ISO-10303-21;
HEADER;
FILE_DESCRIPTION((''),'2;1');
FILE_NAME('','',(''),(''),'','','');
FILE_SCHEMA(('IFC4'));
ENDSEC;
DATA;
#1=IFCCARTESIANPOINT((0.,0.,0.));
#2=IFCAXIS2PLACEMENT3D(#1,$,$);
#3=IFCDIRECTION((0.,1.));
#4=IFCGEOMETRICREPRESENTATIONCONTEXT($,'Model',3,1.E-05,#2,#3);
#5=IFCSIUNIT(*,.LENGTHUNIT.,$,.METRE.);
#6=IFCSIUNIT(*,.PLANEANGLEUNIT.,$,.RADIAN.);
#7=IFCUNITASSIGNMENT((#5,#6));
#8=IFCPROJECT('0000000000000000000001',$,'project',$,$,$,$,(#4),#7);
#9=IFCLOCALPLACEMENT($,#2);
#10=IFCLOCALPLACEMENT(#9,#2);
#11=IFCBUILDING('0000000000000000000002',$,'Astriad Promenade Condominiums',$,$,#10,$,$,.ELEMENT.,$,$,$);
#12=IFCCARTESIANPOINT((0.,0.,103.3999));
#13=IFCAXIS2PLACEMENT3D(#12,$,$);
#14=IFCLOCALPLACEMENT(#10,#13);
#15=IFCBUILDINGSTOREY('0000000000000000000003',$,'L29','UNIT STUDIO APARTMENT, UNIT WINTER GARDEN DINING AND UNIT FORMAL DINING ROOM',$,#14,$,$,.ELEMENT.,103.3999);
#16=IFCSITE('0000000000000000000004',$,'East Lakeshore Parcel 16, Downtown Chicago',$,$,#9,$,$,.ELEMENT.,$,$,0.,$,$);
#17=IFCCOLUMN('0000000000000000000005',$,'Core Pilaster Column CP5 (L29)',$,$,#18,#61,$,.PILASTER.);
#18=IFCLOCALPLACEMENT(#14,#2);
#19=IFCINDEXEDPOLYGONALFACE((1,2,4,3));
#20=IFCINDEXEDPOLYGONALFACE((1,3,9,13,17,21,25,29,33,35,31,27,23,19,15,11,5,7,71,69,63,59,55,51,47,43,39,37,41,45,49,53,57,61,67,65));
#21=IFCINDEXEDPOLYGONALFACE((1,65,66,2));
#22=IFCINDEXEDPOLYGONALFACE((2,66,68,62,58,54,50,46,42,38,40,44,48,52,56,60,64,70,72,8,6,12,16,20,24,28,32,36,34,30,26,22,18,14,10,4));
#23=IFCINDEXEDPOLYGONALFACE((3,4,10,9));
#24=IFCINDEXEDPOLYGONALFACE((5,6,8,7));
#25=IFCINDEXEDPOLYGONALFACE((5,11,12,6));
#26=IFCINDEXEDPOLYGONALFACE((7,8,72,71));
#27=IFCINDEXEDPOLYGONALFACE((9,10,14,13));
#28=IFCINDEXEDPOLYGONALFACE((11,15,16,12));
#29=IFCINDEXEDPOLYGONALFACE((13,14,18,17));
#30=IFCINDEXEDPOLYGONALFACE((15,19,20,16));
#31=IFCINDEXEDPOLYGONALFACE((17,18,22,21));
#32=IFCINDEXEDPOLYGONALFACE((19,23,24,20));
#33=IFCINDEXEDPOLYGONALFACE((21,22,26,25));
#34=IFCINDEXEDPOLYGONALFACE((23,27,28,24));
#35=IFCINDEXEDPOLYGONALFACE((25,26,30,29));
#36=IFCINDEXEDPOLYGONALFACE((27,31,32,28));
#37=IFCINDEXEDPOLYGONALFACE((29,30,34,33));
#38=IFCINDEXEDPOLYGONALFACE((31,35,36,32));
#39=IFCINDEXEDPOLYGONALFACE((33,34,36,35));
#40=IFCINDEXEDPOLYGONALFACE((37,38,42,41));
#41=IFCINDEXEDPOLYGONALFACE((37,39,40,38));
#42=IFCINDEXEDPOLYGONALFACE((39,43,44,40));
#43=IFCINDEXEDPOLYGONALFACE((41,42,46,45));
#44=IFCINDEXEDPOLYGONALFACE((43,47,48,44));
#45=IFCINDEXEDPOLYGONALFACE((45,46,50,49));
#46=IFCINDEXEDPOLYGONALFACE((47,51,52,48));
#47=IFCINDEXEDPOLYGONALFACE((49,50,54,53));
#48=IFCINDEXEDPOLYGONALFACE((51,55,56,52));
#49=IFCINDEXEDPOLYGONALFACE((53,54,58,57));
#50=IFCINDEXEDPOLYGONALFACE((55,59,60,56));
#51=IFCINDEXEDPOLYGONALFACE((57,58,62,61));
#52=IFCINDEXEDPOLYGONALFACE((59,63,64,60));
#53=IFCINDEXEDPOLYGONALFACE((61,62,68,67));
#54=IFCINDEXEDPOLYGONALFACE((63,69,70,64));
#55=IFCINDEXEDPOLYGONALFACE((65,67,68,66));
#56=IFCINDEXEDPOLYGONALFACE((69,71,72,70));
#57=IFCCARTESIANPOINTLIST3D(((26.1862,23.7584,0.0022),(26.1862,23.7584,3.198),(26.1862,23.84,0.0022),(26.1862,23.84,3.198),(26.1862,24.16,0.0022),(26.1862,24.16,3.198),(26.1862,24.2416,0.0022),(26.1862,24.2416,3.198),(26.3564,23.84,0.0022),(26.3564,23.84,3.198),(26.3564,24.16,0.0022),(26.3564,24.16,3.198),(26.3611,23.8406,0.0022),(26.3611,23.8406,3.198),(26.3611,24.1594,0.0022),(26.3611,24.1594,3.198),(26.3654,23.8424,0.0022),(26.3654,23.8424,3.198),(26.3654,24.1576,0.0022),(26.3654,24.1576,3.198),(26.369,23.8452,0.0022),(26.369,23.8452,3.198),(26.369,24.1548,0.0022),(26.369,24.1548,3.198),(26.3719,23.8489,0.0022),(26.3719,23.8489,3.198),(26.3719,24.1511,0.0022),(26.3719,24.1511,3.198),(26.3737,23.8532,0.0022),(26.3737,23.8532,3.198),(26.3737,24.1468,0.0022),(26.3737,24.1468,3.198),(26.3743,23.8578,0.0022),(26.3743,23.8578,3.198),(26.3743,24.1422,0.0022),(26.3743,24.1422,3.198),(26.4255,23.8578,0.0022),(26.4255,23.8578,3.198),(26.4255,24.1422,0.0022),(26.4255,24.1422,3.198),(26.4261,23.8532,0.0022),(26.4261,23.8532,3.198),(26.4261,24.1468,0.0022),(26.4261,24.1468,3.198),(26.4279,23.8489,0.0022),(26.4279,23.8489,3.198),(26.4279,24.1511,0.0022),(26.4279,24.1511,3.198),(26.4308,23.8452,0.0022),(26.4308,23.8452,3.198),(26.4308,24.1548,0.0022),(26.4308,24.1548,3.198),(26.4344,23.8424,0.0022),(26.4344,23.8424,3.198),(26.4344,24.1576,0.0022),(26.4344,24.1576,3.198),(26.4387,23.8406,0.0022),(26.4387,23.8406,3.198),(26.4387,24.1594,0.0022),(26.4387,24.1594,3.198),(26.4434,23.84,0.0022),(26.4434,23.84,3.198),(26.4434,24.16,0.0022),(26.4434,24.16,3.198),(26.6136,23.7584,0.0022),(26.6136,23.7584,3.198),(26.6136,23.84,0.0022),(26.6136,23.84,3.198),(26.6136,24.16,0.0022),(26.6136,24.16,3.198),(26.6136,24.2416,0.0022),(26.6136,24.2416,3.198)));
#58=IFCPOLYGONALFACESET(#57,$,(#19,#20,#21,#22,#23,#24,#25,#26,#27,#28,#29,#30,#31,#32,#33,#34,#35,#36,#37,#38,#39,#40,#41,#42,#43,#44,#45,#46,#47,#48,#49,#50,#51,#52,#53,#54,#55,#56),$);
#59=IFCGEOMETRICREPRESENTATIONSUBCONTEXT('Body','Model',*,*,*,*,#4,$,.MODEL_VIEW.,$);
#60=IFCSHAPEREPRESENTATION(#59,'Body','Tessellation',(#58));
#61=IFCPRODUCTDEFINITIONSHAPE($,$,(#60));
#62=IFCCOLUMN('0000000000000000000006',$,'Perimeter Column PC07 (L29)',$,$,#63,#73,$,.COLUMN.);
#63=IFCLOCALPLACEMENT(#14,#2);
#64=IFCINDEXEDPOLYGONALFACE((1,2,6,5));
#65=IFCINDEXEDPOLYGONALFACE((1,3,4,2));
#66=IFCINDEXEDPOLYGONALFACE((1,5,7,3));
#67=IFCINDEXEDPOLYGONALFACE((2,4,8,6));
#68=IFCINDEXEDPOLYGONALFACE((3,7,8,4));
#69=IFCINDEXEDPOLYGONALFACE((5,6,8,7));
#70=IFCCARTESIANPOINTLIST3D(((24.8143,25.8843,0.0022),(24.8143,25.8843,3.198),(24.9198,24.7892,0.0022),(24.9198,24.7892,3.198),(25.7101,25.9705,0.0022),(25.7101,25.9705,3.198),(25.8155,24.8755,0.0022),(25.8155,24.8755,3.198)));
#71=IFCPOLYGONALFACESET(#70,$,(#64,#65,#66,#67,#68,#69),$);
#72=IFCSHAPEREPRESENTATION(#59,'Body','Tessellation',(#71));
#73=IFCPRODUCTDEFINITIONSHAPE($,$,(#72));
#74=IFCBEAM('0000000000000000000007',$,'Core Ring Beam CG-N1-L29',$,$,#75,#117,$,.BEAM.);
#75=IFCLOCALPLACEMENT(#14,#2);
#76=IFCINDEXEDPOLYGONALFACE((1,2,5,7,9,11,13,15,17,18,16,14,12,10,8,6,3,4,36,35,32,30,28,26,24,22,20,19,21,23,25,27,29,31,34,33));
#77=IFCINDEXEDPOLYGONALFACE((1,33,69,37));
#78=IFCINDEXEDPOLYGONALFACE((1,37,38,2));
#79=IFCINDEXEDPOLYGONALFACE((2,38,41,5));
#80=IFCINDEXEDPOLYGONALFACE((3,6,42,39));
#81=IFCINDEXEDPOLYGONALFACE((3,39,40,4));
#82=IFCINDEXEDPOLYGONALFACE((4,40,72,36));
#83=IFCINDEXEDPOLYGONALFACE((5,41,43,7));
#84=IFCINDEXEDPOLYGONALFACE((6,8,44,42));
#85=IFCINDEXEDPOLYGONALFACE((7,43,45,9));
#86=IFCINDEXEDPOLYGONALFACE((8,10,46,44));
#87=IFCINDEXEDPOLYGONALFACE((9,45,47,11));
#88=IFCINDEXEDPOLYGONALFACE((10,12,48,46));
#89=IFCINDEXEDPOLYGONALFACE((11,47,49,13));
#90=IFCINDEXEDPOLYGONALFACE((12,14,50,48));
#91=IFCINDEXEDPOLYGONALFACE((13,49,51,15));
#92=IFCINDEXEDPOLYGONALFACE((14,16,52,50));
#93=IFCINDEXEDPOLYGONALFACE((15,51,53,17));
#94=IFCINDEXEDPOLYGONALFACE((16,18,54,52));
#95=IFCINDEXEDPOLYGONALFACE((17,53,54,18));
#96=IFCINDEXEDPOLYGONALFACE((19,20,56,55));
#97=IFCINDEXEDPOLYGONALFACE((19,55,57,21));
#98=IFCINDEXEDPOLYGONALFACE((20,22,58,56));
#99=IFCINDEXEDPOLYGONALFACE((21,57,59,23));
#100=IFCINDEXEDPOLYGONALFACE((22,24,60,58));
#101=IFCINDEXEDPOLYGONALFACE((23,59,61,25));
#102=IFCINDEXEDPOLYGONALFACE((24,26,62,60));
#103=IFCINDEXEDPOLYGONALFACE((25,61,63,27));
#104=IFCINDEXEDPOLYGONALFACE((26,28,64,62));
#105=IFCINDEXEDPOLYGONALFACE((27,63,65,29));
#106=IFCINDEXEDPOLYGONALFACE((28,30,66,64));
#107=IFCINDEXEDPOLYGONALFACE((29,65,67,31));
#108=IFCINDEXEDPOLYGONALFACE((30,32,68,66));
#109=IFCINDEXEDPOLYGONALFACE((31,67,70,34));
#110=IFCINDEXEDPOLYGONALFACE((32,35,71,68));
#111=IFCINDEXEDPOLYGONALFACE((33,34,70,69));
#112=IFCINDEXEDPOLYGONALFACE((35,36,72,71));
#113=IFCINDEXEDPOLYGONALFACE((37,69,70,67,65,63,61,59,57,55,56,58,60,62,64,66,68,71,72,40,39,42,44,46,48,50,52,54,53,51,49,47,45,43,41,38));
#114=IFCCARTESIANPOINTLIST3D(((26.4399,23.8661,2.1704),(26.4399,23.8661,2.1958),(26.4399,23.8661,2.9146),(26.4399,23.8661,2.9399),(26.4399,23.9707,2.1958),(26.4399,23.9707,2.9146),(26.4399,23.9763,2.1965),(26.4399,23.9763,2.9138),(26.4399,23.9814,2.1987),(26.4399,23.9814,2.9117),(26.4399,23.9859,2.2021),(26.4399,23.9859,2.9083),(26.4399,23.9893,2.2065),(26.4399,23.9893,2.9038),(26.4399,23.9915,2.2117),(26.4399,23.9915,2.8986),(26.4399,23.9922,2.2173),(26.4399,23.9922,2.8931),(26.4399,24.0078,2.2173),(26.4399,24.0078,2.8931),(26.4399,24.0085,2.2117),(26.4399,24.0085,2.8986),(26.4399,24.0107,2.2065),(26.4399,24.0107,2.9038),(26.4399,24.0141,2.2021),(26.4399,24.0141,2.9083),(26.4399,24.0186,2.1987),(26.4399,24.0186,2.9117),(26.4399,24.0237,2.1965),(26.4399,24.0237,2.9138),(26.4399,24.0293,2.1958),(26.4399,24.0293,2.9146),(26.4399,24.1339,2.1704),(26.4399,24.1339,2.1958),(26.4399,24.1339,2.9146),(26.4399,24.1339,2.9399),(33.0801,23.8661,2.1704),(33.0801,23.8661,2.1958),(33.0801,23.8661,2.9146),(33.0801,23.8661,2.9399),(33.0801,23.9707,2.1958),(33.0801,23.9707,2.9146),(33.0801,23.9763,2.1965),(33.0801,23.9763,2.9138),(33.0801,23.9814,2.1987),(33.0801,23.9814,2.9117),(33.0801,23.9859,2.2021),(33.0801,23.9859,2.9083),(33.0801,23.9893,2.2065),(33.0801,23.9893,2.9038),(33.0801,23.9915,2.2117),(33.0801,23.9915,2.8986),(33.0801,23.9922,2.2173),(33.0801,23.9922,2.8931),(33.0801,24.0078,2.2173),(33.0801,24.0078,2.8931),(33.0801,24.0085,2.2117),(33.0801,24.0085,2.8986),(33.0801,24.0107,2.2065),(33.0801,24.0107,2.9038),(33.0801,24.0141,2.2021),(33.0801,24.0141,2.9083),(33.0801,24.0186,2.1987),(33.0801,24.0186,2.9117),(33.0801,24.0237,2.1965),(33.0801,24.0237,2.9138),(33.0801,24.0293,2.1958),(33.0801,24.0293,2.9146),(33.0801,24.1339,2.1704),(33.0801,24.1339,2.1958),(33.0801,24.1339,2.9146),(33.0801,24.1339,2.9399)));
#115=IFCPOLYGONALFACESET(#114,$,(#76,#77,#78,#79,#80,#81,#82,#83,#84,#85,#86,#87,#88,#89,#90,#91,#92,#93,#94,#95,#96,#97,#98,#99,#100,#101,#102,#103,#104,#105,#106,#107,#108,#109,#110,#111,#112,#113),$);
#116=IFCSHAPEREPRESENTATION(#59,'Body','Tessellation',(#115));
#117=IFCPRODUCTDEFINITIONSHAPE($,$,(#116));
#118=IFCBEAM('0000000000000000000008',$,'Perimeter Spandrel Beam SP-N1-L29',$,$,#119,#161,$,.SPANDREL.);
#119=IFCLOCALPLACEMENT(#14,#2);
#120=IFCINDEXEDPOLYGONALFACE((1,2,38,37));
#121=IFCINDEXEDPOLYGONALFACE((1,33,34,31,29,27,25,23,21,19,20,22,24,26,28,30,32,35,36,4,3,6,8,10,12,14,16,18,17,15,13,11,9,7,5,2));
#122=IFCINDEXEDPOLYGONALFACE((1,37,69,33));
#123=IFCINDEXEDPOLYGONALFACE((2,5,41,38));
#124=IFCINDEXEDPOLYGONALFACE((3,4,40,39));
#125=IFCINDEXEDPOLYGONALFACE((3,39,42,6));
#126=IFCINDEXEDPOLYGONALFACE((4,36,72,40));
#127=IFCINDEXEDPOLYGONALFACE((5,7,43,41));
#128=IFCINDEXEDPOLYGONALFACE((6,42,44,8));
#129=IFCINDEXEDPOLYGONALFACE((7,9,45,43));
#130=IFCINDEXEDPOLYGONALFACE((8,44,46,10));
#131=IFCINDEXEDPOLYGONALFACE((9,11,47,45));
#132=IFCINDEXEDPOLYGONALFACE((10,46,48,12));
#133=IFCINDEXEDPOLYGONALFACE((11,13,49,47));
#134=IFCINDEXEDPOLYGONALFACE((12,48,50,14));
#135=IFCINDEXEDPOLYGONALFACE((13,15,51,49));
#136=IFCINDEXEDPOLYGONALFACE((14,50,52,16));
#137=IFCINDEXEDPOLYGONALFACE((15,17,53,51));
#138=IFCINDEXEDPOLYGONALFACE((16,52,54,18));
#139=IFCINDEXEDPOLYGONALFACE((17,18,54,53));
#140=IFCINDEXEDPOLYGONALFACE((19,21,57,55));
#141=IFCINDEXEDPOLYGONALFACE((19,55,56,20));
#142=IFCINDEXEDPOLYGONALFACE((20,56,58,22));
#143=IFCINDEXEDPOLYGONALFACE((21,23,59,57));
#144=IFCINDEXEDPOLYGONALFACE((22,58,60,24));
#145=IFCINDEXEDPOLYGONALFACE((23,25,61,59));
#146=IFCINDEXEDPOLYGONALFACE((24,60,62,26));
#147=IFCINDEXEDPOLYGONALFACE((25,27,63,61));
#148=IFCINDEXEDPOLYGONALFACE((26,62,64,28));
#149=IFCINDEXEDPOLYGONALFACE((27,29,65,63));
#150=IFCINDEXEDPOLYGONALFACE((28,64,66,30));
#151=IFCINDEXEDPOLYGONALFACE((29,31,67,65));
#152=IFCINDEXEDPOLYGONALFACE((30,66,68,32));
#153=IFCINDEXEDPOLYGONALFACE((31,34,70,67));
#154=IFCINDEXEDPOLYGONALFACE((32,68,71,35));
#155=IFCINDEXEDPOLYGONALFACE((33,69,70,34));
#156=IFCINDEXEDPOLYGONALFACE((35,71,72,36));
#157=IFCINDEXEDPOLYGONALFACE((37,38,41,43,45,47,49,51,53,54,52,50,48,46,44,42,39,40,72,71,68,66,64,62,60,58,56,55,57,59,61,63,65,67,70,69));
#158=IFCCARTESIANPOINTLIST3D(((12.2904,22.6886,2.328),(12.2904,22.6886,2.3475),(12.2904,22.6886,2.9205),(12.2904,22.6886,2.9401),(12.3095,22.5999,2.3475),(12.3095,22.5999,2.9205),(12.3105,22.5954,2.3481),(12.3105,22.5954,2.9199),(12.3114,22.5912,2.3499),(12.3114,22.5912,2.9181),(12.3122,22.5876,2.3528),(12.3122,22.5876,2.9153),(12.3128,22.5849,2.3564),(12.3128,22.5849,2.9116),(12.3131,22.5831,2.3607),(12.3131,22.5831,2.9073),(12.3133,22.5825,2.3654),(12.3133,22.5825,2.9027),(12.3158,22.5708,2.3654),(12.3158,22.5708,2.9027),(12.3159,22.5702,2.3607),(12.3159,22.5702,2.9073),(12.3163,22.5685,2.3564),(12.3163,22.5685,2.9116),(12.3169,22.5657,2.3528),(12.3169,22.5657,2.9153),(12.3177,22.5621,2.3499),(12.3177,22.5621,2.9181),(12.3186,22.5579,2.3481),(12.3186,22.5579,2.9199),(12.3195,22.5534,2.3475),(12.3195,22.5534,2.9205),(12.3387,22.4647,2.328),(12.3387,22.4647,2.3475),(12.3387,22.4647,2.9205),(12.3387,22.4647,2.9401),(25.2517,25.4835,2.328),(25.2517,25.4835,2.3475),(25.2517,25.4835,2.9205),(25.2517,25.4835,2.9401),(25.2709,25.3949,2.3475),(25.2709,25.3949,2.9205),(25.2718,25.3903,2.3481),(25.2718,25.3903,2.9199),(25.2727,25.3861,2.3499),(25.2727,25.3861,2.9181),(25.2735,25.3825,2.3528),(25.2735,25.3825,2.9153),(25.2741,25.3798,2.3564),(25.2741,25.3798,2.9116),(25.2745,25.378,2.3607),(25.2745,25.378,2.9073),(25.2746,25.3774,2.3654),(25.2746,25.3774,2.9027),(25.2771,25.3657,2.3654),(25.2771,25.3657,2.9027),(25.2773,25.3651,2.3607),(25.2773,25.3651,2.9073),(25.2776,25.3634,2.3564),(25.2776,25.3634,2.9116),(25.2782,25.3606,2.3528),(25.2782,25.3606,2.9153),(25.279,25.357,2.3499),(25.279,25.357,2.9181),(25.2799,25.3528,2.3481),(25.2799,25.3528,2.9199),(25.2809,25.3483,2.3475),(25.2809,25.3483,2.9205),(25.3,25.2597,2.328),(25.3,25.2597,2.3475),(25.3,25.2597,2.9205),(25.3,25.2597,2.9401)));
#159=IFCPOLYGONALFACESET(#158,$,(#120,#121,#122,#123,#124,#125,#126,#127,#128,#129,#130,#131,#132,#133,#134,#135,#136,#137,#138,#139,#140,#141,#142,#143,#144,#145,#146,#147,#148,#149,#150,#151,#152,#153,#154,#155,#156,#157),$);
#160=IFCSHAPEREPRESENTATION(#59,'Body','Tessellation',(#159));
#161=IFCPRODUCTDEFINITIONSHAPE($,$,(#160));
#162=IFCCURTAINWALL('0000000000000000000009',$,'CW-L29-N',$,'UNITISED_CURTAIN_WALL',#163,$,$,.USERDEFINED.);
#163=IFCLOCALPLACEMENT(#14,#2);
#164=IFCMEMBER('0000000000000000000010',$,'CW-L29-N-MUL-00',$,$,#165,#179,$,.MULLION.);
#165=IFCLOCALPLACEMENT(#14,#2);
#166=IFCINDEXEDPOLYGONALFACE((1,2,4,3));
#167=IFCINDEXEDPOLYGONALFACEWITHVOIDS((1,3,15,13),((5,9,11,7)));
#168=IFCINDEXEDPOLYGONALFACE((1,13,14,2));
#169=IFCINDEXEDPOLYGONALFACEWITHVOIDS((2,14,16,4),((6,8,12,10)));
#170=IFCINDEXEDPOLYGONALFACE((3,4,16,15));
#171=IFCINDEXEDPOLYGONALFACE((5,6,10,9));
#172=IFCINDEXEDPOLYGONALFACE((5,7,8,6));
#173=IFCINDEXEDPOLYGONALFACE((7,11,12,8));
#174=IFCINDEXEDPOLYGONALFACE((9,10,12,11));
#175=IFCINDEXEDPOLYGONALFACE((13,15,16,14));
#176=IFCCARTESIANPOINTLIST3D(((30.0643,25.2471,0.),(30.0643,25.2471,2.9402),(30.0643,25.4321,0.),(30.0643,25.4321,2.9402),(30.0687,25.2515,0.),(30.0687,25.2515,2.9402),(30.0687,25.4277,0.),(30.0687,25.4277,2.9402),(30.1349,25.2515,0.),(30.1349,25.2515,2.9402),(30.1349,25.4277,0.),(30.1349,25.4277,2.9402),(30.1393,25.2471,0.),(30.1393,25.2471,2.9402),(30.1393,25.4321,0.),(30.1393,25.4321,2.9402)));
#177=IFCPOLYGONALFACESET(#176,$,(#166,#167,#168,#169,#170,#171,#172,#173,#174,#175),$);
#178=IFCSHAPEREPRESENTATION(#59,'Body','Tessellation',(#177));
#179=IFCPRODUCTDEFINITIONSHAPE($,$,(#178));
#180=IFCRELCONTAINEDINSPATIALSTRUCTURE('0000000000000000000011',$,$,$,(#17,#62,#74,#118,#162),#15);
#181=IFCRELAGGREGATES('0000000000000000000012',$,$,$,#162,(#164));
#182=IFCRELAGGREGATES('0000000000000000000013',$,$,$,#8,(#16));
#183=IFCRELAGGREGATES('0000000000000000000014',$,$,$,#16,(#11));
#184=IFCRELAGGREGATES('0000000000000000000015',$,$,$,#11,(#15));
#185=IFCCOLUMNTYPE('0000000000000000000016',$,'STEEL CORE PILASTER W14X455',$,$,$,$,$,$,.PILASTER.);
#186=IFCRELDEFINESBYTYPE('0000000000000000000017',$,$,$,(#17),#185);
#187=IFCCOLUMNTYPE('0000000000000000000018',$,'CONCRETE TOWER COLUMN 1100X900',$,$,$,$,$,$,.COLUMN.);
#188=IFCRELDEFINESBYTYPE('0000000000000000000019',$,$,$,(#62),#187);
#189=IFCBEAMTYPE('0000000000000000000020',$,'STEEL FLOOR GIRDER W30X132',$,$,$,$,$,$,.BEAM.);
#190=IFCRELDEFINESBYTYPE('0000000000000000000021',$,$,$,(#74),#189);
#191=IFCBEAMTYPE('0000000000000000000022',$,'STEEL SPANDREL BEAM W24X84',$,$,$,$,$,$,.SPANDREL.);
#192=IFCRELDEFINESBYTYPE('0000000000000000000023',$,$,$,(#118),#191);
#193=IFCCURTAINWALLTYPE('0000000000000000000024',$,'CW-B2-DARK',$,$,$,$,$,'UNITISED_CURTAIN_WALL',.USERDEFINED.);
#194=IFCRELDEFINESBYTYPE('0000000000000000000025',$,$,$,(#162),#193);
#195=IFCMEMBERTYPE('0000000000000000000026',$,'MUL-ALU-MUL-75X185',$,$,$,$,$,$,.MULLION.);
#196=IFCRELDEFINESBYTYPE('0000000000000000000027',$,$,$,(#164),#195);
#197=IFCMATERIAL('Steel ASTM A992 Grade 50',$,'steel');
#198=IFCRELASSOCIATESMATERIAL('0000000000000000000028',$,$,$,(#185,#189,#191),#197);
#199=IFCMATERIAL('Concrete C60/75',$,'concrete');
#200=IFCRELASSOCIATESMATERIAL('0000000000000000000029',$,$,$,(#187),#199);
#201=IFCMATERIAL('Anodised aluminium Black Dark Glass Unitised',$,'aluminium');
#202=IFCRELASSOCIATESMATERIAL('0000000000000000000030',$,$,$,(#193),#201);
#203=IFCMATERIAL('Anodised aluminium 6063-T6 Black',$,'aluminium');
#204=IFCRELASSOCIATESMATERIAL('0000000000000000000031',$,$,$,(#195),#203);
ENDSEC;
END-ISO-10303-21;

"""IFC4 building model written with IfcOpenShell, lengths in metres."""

from ifc_helpers import new_model, si_unit, direction, frame, origin, origin_2d, place, context, subcontext, project, spatial, rectangle, hollow_rectangle, i_section, extrude, source, transform, mapped, material, material_profile, profile_set, type_object, type_shapes, element, aggregate, save


model = new_model("IFC4")

# Units and contexts
model_context = context("Model", 3, precision=1e-05, world=origin(), true_north=direction((0.0, 1.0)))
body_context = subcontext(model_context, "Body", "Model", "MODEL_VIEW")
ifc_project = project(units=[si_unit("LENGTHUNIT", "METRE"), si_unit("PLANEANGLEUNIT", "RADIAN")], contexts=[model_context])

# Site, building, storey
site_placement = place(None, origin())
site = spatial("IfcSite", under=ifc_project, at=site_placement, Name="East Lakeshore Parcel 16, Downtown Chicago", CompositionType="ELEMENT", RefElevation=0.0)
building_placement = place(site_placement, origin())
building = spatial("IfcBuilding", under=site, at=building_placement, Name="Astriad Promenade Condominiums", CompositionType="ELEMENT")
storey_placement = place(building_placement, frame((0.0, 0.0, 103.3999)))
storey = spatial("IfcBuildingStorey", under=building, at=storey_placement, Name="L29", Description="UNIT STUDIO APARTMENT, UNIT WINTER GARDEN DINING AND UNIT FORMAL DINING ROOM", CompositionType="ELEMENT", Elevation=103.3999)

# Columns
ifc_material_1 = material(Name="Steel ASTM A992 Grade 50", Category="steel")
ifc_material_profile_1 = material_profile(ifc_material_1, i_section(OverallWidth=0.4275, OverallDepth=0.4832, WebThickness=0.0513, FlangeThickness=0.0815, FilletRadius=0.0178, at=origin_2d()), Name="W14X455")
ifc_profile_set_1 = profile_set([ifc_material_profile_1], Name="Steel ASTM A992 Grade 50")
column_type_1 = type_object("IfcColumnType", Name="STEEL CORE PILASTER W14X455", PredefinedType="PILASTER", material=ifc_profile_set_1)
shared_shape_1 = source(origin(), body_context, "Body", "SweptSolid", [
    extrude(i_section(OverallWidth=0.4275, OverallDepth=0.4832, WebThickness=0.0513, FlangeThickness=0.0815, FilletRadius=0.0178, at=origin_2d()), origin(), (0.0, 0.0, 1.0), 3.1958),
])
type_shapes(column_type_1, [shared_shape_1])
column_1_placement = place(storey_placement, frame((26.3999, 24.0, 0.0022), z_axis=(0.0, 0.0, 1.0), x_axis=(1.0, 0.0, 0.0)))
element("IfcColumn", 1, at=column_1_placement, inside=storey, type_object=column_type_1, Name="Core Pilaster Column CP5 (L29)", PredefinedType="PILASTER", context=body_context, shape_type="MappedRepresentation", body=[
    mapped(shared_shape_1, transform((0.0, 0.0, 0.0), scale=1.0)),
])
ifc_material_2 = material(Name="Concrete C60/75", Category="concrete")
ifc_material_profile_2 = material_profile(ifc_material_2, rectangle(XDim=0.8999, YDim=1.1001, at=origin_2d()), Name="RC-COL-1100X900")
ifc_profile_set_2 = profile_set([ifc_material_profile_2], Name="Concrete C60/75")
column_type_2 = type_object("IfcColumnType", Name="CONCRETE TOWER COLUMN 1100X900", PredefinedType="COLUMN", material=ifc_profile_set_2)
shared_shape_2 = source(origin(), body_context, "Body", "SweptSolid", [
    extrude(rectangle(XDim=0.8999, YDim=1.1001, at=origin_2d()), origin(), (0.0, 0.0, 1.0), 3.1958),
])
type_shapes(column_type_2, [shared_shape_2])
column_2_placement = place(storey_placement, frame((25.3149, 25.3799, 0.0022), z_axis=(0.0, 0.0, 1.0), x_axis=(0.995396, 0.095846, 0.0)))
element("IfcColumn", 2, at=column_2_placement, inside=storey, type_object=column_type_2, Name="Perimeter Column PC07 (L29)", PredefinedType="COLUMN", context=body_context, shape_type="MappedRepresentation", body=[
    mapped(shared_shape_2, transform((0.0, 0.0, 0.0), scale=1.0)),
])

# Beams
ifc_material_profile_3 = material_profile(ifc_material_1, i_section(OverallWidth=0.2678, OverallDepth=0.7695, WebThickness=0.0156, FlangeThickness=0.0254, FilletRadius=0.0215, at=origin_2d()), Name="W30X132")
ifc_profile_set_3 = profile_set([ifc_material_profile_3], Name="Steel ASTM A992 Grade 50")
beam_type_1 = type_object("IfcBeamType", Name="STEEL FLOOR GIRDER W30X132", PredefinedType="BEAM", material=ifc_profile_set_3)
shared_shape_3 = source(origin(), body_context, "Body", "SweptSolid", [
    extrude(i_section(OverallWidth=0.2678, OverallDepth=0.7695, WebThickness=0.0156, FlangeThickness=0.0254, FilletRadius=0.0215, at=origin_2d()), origin(), (0.0, 0.0, 1.0), 6.6401),
])
type_shapes(beam_type_1, [shared_shape_3])
beam_1_placement = place(storey_placement, frame((26.4399, 24.0, 2.5552), z_axis=(1.0, 0.0, 0.0), x_axis=(0.0, 1.0, 0.0)))
element("IfcBeam", 3, at=beam_1_placement, inside=storey, type_object=beam_type_1, Name="Core Ring Beam CG-N1-L29", PredefinedType="BEAM", context=body_context, shape_type="MappedRepresentation", body=[
    mapped(shared_shape_3, transform((0.0, 0.0, 0.0), scale=1.0)),
])
ifc_material_profile_4 = material_profile(ifc_material_1, i_section(OverallWidth=0.229, OverallDepth=0.6121, WebThickness=0.012, FlangeThickness=0.0195, FilletRadius=0.0178, at=origin_2d()), Name="W24X84")
ifc_profile_set_4 = profile_set([ifc_material_profile_4], Name="Steel ASTM A992 Grade 50")
beam_type_2 = type_object("IfcBeamType", Name="STEEL SPANDREL BEAM W24X84", PredefinedType="SPANDREL", material=ifc_profile_set_4)
shared_shape_4 = source(origin(), body_context, "Body", "SweptSolid", [
    extrude(i_section(OverallWidth=0.229, OverallDepth=0.6121, WebThickness=0.012, FlangeThickness=0.0195, FilletRadius=0.0178, at=origin_2d()), origin(), (0.0, 0.0, 1.0), 13.2593),
])
type_shapes(beam_type_2, [shared_shape_4])
beam_2_placement = place(storey_placement, frame((25.2759, 25.3716, 2.634), z_axis=(-0.977532, -0.210789, 0.0), x_axis=(0.210789, -0.977532, 0.0)))
element("IfcBeam", 4, at=beam_2_placement, inside=storey, type_object=beam_type_2, Name="Perimeter Spandrel Beam SP-N1-L29", PredefinedType="SPANDREL", context=body_context, shape_type="MappedRepresentation", body=[
    mapped(shared_shape_4, transform((0.0, 0.0, 0.0), scale=1.0)),
])

# Curtain wall, member
ifc_material_3 = material(Name="Anodised aluminium Black Dark Glass Unitised", Category="aluminium")
curtain_wall_type = type_object("IfcCurtainWallType", Name="CW-B2-DARK", ElementType="UNITISED_CURTAIN_WALL", PredefinedType="USERDEFINED", material=ifc_material_3)
curtain_wall_placement = place(storey_placement, origin())
curtain_wall = element("IfcCurtainWall", 5, at=curtain_wall_placement, inside=storey, type_object=curtain_wall_type, Name="CW-L29-N", ObjectType="UNITISED_CURTAIN_WALL", PredefinedType="USERDEFINED")
ifc_material_4 = material(Name="Anodised aluminium 6063-T6 Black", Category="aluminium")
ifc_material_profile_5 = material_profile(ifc_material_4, hollow_rectangle(XDim=0.075, YDim=0.1851, WallThickness=0.0044, at=origin_2d()), Name="ALU-MUL-75X185")
ifc_profile_set_5 = profile_set([ifc_material_profile_5], Name="Anodised aluminium 6063-T6 Black")
member_type_1 = type_object("IfcMemberType", Name="MUL-ALU-MUL-75X185", PredefinedType="MULLION", material=ifc_profile_set_5)
shared_shape_5 = source(origin(), body_context, "Body", "SweptSolid", [
    extrude(hollow_rectangle(XDim=0.075, YDim=0.1851, WallThickness=0.0044, at=origin_2d()), origin(), (0.0, 0.0, 1.0), 2.9402),
])
type_shapes(member_type_1, [shared_shape_5])
member_1_placement = place(storey_placement, frame((30.1018, 25.3396, 0.0), z_axis=(0.0, 0.0, 1.0), x_axis=(1.0, 0.0, 0.0)))
member_1 = element("IfcMember", 6, at=member_1_placement, type_object=member_type_1, Name="CW-L29-N-MUL-00", PredefinedType="MULLION", context=body_context, shape_type="MappedRepresentation", body=[
    mapped(shared_shape_5, transform((0.0, 0.0, 0.0), scale=1.0)),
])
aggregate(curtain_wall, [member_1])

save(model, "model.ifc")
